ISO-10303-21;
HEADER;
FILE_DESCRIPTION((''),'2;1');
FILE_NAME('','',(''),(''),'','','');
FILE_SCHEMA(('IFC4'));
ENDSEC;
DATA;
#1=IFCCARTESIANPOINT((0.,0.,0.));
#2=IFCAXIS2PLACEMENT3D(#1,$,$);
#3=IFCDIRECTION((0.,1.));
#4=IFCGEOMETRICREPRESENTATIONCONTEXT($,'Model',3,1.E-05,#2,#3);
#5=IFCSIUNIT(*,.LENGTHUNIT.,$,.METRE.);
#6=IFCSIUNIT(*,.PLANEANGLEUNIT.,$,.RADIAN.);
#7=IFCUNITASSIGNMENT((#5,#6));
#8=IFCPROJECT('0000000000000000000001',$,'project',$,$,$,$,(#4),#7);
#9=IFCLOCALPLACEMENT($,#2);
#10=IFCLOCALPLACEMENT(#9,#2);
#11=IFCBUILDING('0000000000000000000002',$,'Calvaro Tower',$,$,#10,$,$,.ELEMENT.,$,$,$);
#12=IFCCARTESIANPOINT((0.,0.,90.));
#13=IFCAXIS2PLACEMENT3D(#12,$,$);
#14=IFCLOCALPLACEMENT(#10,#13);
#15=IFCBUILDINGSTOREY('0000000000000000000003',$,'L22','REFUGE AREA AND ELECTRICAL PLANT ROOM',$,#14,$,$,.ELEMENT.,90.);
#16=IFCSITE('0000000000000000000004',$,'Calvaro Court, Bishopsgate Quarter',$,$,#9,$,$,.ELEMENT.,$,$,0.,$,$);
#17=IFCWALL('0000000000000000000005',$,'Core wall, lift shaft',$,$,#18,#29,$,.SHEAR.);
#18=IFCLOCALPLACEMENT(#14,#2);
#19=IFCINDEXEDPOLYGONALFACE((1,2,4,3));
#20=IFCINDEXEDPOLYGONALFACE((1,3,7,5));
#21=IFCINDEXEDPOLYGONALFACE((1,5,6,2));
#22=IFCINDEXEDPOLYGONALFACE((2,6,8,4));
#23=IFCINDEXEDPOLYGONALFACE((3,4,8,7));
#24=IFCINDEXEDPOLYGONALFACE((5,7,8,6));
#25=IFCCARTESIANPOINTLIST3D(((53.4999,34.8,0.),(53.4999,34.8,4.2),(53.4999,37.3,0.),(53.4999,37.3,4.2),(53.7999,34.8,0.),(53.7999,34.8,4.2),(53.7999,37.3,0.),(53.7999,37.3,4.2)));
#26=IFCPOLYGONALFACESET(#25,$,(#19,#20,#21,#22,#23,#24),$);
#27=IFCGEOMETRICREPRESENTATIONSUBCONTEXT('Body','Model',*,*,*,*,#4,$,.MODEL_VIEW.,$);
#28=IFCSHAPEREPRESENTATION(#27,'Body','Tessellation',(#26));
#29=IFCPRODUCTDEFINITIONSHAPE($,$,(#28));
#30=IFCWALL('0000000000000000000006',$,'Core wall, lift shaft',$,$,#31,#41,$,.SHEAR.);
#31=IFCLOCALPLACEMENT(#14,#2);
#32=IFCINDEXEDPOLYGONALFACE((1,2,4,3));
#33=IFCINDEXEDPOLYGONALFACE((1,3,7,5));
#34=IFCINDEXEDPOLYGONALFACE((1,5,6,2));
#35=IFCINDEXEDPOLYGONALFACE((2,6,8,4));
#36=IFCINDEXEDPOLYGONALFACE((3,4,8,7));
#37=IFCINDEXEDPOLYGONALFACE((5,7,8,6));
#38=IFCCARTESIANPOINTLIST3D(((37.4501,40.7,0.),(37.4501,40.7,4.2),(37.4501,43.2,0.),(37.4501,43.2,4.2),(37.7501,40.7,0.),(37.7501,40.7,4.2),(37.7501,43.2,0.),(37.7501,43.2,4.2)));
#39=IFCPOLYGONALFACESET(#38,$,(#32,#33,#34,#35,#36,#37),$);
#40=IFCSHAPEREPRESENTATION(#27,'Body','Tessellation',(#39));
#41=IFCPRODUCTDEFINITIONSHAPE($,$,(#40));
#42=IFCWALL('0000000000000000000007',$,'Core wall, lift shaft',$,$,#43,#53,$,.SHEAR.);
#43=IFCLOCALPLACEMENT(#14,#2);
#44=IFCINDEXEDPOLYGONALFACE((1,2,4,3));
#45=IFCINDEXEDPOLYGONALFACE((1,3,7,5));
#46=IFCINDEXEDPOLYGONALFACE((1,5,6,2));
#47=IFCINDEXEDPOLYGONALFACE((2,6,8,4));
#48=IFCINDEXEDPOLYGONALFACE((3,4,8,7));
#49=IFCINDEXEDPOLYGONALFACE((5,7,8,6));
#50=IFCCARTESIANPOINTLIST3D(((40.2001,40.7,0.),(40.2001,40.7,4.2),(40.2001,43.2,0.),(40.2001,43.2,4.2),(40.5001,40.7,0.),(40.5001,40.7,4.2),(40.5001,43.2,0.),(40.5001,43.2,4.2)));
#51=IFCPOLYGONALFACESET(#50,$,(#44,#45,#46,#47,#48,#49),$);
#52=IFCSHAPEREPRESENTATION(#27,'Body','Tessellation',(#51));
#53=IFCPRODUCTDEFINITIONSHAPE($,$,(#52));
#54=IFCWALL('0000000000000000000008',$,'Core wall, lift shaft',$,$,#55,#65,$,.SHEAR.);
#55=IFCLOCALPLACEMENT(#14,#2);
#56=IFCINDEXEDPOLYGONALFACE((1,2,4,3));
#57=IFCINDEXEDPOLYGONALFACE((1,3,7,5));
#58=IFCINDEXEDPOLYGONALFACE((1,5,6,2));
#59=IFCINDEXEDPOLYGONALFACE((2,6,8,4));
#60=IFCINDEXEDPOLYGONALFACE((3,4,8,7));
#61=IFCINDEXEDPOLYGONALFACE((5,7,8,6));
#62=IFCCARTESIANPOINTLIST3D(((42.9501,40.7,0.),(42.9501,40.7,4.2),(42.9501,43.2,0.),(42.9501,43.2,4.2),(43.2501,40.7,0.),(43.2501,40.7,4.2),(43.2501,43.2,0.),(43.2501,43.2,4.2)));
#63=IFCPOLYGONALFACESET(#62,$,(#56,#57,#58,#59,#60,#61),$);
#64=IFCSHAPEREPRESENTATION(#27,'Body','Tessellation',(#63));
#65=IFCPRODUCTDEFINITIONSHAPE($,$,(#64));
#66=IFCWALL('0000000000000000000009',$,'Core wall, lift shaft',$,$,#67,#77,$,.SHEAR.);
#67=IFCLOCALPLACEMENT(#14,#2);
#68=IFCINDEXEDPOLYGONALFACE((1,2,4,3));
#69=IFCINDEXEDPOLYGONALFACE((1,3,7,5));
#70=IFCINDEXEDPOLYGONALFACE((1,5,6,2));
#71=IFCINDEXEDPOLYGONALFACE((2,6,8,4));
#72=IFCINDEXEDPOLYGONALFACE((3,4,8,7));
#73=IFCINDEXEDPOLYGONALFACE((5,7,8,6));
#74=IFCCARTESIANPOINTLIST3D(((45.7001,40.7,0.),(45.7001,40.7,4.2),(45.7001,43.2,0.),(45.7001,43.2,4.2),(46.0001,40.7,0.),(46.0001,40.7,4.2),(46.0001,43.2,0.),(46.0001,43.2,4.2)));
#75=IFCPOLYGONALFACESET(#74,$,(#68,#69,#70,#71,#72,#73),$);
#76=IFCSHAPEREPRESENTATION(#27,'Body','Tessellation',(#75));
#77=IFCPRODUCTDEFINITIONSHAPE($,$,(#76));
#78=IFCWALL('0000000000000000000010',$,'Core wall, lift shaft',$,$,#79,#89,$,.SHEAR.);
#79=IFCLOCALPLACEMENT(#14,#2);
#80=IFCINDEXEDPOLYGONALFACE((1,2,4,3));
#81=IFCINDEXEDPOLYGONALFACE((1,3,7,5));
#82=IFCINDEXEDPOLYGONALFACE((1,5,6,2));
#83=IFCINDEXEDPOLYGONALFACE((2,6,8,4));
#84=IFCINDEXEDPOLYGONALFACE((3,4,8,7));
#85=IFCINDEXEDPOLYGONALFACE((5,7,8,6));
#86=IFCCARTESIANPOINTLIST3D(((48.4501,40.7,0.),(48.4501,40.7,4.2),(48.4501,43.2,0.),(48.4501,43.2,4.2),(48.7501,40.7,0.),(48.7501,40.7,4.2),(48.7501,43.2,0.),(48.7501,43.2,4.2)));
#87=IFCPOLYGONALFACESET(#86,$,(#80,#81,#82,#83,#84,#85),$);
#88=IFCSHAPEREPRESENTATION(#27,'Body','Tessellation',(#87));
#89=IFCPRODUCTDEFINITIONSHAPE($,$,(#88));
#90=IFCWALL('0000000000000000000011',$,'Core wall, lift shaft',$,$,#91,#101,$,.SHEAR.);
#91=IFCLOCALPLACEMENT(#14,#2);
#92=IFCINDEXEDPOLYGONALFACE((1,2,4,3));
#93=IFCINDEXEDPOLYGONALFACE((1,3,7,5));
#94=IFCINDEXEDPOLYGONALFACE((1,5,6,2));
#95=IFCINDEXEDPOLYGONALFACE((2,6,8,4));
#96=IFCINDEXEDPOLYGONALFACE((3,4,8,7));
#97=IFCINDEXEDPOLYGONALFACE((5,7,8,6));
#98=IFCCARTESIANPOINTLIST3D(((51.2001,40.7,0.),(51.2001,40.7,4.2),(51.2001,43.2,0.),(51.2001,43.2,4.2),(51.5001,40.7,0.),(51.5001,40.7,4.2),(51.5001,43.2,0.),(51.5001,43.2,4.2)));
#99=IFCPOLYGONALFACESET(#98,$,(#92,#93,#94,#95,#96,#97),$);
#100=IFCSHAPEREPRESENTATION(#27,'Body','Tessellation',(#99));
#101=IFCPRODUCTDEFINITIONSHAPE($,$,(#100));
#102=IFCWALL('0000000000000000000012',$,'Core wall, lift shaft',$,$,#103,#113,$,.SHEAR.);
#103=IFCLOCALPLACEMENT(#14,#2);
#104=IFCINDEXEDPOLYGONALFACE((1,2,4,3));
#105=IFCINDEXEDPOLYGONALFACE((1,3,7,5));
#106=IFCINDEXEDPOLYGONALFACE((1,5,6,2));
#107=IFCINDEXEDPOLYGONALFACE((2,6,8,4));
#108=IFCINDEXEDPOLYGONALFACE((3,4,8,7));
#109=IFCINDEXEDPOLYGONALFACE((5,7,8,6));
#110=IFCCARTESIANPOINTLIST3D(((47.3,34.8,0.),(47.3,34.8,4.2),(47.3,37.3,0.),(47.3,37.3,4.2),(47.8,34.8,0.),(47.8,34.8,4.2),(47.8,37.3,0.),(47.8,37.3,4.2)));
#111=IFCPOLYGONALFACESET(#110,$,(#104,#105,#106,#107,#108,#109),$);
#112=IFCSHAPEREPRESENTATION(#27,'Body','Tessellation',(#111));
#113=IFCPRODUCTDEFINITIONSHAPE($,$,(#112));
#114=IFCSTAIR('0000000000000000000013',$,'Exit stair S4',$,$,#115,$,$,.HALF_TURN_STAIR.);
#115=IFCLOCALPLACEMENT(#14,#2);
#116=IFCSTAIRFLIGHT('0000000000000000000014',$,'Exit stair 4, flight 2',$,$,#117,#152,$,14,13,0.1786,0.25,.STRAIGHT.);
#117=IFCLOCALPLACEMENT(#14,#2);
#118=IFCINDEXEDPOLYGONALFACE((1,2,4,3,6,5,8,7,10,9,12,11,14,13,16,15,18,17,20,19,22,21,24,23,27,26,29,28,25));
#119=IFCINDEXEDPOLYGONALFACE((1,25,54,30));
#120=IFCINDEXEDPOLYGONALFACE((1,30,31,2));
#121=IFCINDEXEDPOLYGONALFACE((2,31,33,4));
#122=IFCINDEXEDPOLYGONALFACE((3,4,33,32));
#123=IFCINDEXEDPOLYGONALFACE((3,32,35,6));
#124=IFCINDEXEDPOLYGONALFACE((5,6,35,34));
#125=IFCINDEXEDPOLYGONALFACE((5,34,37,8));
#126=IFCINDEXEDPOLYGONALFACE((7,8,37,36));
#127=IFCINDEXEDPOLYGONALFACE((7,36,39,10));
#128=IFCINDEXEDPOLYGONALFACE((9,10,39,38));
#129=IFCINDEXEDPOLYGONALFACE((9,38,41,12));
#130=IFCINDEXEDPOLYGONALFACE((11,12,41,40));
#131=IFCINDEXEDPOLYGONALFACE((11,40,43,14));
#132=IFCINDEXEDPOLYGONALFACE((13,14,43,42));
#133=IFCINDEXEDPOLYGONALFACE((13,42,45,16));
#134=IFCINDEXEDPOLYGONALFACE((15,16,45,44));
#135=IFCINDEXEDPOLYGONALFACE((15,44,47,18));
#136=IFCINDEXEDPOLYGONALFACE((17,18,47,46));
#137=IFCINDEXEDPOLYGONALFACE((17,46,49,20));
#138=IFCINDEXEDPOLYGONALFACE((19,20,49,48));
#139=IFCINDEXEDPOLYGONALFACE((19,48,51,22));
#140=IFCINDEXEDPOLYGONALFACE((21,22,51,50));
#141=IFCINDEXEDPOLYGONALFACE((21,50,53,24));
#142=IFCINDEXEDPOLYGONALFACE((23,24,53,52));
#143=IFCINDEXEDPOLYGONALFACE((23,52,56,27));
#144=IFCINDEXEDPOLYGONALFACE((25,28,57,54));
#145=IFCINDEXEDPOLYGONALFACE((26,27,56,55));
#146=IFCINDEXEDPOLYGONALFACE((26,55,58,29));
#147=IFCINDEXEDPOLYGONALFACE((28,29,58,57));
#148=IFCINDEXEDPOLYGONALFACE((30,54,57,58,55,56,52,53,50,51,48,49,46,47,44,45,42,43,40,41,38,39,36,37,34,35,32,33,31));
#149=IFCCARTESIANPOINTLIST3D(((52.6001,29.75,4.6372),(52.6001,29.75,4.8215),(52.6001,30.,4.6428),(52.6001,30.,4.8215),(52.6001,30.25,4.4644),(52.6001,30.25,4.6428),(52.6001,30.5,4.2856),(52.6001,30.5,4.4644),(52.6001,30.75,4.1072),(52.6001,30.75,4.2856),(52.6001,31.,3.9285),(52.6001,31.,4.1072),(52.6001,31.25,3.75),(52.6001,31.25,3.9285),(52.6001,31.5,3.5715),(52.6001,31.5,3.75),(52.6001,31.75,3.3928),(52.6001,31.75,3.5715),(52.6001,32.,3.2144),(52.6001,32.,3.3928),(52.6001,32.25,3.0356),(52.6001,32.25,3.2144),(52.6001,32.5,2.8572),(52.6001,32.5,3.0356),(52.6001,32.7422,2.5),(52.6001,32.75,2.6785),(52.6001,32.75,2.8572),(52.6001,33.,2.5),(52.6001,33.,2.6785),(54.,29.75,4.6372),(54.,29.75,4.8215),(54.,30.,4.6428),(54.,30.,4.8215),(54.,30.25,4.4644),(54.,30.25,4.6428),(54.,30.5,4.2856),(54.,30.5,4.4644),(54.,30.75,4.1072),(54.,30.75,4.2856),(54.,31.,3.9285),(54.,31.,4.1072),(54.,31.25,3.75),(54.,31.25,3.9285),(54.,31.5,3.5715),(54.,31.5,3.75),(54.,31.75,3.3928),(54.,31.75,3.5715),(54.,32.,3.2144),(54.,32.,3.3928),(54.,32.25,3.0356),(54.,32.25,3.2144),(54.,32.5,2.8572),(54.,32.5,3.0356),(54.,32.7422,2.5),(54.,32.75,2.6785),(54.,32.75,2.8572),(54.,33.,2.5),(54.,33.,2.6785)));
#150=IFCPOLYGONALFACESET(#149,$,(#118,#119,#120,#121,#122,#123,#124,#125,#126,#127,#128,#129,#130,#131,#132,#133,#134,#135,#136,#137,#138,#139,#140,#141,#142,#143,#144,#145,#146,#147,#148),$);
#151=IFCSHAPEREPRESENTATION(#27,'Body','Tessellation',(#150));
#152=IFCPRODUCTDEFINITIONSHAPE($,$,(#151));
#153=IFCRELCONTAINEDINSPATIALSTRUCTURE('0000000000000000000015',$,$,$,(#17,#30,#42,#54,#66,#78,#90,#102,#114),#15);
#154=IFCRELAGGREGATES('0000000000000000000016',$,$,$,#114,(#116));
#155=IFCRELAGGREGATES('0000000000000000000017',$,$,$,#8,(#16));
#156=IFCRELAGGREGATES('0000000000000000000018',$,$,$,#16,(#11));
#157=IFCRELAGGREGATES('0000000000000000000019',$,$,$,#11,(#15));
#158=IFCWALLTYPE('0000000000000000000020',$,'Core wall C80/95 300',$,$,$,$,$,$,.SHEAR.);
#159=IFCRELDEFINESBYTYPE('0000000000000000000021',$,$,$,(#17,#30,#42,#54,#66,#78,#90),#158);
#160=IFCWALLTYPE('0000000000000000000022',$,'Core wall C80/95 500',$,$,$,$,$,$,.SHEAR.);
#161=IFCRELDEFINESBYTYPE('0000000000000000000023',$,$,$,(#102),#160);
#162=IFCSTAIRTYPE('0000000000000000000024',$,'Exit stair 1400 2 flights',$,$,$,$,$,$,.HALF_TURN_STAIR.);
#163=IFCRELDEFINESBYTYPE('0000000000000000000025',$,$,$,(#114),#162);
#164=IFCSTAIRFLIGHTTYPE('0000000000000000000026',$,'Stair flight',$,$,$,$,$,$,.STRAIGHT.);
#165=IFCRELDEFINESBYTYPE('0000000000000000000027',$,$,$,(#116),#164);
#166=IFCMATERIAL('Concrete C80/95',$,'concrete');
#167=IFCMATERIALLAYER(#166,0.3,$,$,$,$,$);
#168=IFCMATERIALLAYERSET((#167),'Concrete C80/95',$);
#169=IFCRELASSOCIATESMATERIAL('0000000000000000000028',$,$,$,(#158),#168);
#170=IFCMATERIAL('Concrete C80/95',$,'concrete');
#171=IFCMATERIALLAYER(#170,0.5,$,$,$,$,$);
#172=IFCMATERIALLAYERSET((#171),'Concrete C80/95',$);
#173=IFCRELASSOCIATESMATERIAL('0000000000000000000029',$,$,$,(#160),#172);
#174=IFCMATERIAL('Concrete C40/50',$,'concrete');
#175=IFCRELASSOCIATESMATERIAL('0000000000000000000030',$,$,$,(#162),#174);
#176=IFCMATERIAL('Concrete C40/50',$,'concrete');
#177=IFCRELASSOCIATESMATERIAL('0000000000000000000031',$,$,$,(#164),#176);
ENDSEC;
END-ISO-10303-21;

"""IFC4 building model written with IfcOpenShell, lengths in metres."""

from ifc_helpers import new_model, si_unit, direction, frame, frame_2d, origin, place, context, subcontext, project, spatial, polyline, rectangle, outline, extrude, material, layer, layer_set, type_object, element, aggregate, save


model = new_model("IFC4")

# Units and contexts
model_context = context("Model", 3, precision=1e-05, world=origin(), true_north=direction((0.0, 1.0)))
body_context = subcontext(model_context, "Body", "Model", "MODEL_VIEW")
ifc_project = project(units=[si_unit("LENGTHUNIT", "METRE"), si_unit("PLANEANGLEUNIT", "RADIAN")], contexts=[model_context])

# Site, building, storey
site_placement = place(None, origin())
site = spatial("IfcSite", under=ifc_project, at=site_placement, Name="Calvaro Court, Bishopsgate Quarter", CompositionType="ELEMENT", RefElevation=0.0)
building_placement = place(site_placement, origin())
building = spatial("IfcBuilding", under=site, at=building_placement, Name="Calvaro Tower", CompositionType="ELEMENT")
storey_placement = place(building_placement, frame((0.0, 0.0, 90.0)))
storey = spatial("IfcBuildingStorey", under=building, at=storey_placement, Name="L22", Description="REFUGE AREA AND ELECTRICAL PLANT ROOM", CompositionType="ELEMENT", Elevation=90.0)

# Shared definitions
ifc_material_1 = material(Name="Concrete C80/95", Category="concrete")
ifc_layer_1 = layer(ifc_material_1, 0.3)
ifc_layer_set_1 = layer_set([ifc_layer_1], Name="Concrete C80/95")
wall_type_1 = type_object("IfcWallType", Name="Core wall C80/95 300", PredefinedType="SHEAR", material=ifc_layer_set_1)

# Walls
for number, where, z_axis, x_axis, name in (
    (1, (53.6499, 34.8, 0.0), (0.0, 0.0, 1.0), (0.0, 1.0, 0.0), "Core wall, lift shaft"),
    (2, (37.6001, 40.7, 0.0), (0.0, 0.0, 1.0), (0.0, 1.0, 0.0), "Core wall, lift shaft"),
    (3, (40.3501, 40.7, 0.0), (0.0, 0.0, 1.0), (0.0, 1.0, 0.0), "Core wall, lift shaft"),
    (4, (43.1001, 40.7, 0.0), (0.0, 0.0, 1.0), (0.0, 1.0, 0.0), "Core wall, lift shaft"),
    (5, (45.8501, 40.7, 0.0), (0.0, 0.0, 1.0), (0.0, 1.0, 0.0), "Core wall, lift shaft"),
    (6, (48.6001, 40.7, 0.0), (0.0, 0.0, 1.0), (0.0, 1.0, 0.0), "Core wall, lift shaft"),
    (7, (51.3501, 40.7, 0.0), (0.0, 0.0, 1.0), (0.0, 1.0, 0.0), "Core wall, lift shaft"),
):
    element("IfcWall", number, at=place(storey_placement, frame(where, z_axis=z_axis, x_axis=x_axis)), inside=storey, type_object=wall_type_1, Name=name, PredefinedType="SHEAR", context=body_context, shape_type="SweptSolid", body=[
        extrude(rectangle(XDim=2.5, YDim=0.3, at=frame_2d((1.25, 0.0))), origin(), (0.0, 0.0, 1.0), 4.2),
    ])
ifc_material_2 = material(Name="Concrete C80/95", Category="concrete")
ifc_layer_2 = layer(ifc_material_2, 0.5)
ifc_layer_set_2 = layer_set([ifc_layer_2], Name="Concrete C80/95")
wall_type_2 = type_object("IfcWallType", Name="Core wall C80/95 500", PredefinedType="SHEAR", material=ifc_layer_set_2)
wall_1_placement = place(storey_placement, frame((47.55, 34.8, 0.0), z_axis=(0.0, 0.0, 1.0), x_axis=(0.0, 1.0, 0.0)))
element("IfcWall", 8, at=wall_1_placement, inside=storey, type_object=wall_type_2, Name="Core wall, lift shaft", PredefinedType="SHEAR", context=body_context, shape_type="SweptSolid", body=[
    extrude(rectangle(XDim=2.5, YDim=0.5, at=frame_2d((1.25, 0.0))), origin(), (0.0, 0.0, 1.0), 4.2),
])

# Stair, stair flight
ifc_material_3 = material(Name="Concrete C40/50", Category="concrete")
stair_type = type_object("IfcStairType", Name="Exit stair 1400 2 flights", PredefinedType="HALF_TURN_STAIR", material=ifc_material_3)
stair_1_placement = place(storey_placement, origin())
stair_1 = element("IfcStair", 9, at=stair_1_placement, inside=storey, type_object=stair_type, Name="Exit stair S4", PredefinedType="HALF_TURN_STAIR")
ifc_material_4 = material(Name="Concrete C40/50", Category="concrete")
stair_flight_type = type_object("IfcStairFlightType", Name="Stair flight", PredefinedType="STRAIGHT", material=ifc_material_4)
stair_flight_placement = place(storey_placement, frame((53.3, 33.0, 2.5), z_axis=(0.0, 0.0, 1.0), x_axis=(0.0, -1.0, 0.0)))
stair_flight = element("IfcStairFlight", 10, at=stair_flight_placement, type_object=stair_flight_type, Name="Exit stair 4, flight 2", NumberOfRisers=14, NumberOfTreads=13, PredefinedType="STRAIGHT", RiserHeight=0.1786, TreadLength=0.25, context=body_context, shape_type="SweptSolid", body=[
    extrude(outline(polyline([(0.0, 0.0), (0.0, 0.1785), (0.25, 0.1785), (0.25, 0.3572), (0.5, 0.3572), (0.5, 0.5356), (0.75, 0.5356), (0.75, 0.7144), (1.0, 0.7144), (1.0, 0.8928), (1.25, 0.8928), (1.25, 1.0715), (1.5, 1.0715), (1.5, 1.25), (1.75, 1.25), (1.75, 1.4285), (2.0, 1.4285), (2.0, 1.6072), (2.25, 1.6072), (2.25, 1.7856), (2.5, 1.7856), (2.5, 1.9644), (2.75, 1.9644), (2.75, 2.1428), (3.0, 2.1428), (3.0, 2.3215), (3.25, 2.3215), (3.25, 2.5), (3.25, 2.1372), (0.2578, 0.0), (0.0, 0.0)])), frame((0.0, 0.7, 0.0), z_axis=(0.0, -1.0, 0.0), x_axis=(1.0, 0.0, 0.0)), (0.0, 0.0, 1.0), 1.3999),
])

aggregate(stair_1, [stair_flight])

save(model, "model.ifc")
